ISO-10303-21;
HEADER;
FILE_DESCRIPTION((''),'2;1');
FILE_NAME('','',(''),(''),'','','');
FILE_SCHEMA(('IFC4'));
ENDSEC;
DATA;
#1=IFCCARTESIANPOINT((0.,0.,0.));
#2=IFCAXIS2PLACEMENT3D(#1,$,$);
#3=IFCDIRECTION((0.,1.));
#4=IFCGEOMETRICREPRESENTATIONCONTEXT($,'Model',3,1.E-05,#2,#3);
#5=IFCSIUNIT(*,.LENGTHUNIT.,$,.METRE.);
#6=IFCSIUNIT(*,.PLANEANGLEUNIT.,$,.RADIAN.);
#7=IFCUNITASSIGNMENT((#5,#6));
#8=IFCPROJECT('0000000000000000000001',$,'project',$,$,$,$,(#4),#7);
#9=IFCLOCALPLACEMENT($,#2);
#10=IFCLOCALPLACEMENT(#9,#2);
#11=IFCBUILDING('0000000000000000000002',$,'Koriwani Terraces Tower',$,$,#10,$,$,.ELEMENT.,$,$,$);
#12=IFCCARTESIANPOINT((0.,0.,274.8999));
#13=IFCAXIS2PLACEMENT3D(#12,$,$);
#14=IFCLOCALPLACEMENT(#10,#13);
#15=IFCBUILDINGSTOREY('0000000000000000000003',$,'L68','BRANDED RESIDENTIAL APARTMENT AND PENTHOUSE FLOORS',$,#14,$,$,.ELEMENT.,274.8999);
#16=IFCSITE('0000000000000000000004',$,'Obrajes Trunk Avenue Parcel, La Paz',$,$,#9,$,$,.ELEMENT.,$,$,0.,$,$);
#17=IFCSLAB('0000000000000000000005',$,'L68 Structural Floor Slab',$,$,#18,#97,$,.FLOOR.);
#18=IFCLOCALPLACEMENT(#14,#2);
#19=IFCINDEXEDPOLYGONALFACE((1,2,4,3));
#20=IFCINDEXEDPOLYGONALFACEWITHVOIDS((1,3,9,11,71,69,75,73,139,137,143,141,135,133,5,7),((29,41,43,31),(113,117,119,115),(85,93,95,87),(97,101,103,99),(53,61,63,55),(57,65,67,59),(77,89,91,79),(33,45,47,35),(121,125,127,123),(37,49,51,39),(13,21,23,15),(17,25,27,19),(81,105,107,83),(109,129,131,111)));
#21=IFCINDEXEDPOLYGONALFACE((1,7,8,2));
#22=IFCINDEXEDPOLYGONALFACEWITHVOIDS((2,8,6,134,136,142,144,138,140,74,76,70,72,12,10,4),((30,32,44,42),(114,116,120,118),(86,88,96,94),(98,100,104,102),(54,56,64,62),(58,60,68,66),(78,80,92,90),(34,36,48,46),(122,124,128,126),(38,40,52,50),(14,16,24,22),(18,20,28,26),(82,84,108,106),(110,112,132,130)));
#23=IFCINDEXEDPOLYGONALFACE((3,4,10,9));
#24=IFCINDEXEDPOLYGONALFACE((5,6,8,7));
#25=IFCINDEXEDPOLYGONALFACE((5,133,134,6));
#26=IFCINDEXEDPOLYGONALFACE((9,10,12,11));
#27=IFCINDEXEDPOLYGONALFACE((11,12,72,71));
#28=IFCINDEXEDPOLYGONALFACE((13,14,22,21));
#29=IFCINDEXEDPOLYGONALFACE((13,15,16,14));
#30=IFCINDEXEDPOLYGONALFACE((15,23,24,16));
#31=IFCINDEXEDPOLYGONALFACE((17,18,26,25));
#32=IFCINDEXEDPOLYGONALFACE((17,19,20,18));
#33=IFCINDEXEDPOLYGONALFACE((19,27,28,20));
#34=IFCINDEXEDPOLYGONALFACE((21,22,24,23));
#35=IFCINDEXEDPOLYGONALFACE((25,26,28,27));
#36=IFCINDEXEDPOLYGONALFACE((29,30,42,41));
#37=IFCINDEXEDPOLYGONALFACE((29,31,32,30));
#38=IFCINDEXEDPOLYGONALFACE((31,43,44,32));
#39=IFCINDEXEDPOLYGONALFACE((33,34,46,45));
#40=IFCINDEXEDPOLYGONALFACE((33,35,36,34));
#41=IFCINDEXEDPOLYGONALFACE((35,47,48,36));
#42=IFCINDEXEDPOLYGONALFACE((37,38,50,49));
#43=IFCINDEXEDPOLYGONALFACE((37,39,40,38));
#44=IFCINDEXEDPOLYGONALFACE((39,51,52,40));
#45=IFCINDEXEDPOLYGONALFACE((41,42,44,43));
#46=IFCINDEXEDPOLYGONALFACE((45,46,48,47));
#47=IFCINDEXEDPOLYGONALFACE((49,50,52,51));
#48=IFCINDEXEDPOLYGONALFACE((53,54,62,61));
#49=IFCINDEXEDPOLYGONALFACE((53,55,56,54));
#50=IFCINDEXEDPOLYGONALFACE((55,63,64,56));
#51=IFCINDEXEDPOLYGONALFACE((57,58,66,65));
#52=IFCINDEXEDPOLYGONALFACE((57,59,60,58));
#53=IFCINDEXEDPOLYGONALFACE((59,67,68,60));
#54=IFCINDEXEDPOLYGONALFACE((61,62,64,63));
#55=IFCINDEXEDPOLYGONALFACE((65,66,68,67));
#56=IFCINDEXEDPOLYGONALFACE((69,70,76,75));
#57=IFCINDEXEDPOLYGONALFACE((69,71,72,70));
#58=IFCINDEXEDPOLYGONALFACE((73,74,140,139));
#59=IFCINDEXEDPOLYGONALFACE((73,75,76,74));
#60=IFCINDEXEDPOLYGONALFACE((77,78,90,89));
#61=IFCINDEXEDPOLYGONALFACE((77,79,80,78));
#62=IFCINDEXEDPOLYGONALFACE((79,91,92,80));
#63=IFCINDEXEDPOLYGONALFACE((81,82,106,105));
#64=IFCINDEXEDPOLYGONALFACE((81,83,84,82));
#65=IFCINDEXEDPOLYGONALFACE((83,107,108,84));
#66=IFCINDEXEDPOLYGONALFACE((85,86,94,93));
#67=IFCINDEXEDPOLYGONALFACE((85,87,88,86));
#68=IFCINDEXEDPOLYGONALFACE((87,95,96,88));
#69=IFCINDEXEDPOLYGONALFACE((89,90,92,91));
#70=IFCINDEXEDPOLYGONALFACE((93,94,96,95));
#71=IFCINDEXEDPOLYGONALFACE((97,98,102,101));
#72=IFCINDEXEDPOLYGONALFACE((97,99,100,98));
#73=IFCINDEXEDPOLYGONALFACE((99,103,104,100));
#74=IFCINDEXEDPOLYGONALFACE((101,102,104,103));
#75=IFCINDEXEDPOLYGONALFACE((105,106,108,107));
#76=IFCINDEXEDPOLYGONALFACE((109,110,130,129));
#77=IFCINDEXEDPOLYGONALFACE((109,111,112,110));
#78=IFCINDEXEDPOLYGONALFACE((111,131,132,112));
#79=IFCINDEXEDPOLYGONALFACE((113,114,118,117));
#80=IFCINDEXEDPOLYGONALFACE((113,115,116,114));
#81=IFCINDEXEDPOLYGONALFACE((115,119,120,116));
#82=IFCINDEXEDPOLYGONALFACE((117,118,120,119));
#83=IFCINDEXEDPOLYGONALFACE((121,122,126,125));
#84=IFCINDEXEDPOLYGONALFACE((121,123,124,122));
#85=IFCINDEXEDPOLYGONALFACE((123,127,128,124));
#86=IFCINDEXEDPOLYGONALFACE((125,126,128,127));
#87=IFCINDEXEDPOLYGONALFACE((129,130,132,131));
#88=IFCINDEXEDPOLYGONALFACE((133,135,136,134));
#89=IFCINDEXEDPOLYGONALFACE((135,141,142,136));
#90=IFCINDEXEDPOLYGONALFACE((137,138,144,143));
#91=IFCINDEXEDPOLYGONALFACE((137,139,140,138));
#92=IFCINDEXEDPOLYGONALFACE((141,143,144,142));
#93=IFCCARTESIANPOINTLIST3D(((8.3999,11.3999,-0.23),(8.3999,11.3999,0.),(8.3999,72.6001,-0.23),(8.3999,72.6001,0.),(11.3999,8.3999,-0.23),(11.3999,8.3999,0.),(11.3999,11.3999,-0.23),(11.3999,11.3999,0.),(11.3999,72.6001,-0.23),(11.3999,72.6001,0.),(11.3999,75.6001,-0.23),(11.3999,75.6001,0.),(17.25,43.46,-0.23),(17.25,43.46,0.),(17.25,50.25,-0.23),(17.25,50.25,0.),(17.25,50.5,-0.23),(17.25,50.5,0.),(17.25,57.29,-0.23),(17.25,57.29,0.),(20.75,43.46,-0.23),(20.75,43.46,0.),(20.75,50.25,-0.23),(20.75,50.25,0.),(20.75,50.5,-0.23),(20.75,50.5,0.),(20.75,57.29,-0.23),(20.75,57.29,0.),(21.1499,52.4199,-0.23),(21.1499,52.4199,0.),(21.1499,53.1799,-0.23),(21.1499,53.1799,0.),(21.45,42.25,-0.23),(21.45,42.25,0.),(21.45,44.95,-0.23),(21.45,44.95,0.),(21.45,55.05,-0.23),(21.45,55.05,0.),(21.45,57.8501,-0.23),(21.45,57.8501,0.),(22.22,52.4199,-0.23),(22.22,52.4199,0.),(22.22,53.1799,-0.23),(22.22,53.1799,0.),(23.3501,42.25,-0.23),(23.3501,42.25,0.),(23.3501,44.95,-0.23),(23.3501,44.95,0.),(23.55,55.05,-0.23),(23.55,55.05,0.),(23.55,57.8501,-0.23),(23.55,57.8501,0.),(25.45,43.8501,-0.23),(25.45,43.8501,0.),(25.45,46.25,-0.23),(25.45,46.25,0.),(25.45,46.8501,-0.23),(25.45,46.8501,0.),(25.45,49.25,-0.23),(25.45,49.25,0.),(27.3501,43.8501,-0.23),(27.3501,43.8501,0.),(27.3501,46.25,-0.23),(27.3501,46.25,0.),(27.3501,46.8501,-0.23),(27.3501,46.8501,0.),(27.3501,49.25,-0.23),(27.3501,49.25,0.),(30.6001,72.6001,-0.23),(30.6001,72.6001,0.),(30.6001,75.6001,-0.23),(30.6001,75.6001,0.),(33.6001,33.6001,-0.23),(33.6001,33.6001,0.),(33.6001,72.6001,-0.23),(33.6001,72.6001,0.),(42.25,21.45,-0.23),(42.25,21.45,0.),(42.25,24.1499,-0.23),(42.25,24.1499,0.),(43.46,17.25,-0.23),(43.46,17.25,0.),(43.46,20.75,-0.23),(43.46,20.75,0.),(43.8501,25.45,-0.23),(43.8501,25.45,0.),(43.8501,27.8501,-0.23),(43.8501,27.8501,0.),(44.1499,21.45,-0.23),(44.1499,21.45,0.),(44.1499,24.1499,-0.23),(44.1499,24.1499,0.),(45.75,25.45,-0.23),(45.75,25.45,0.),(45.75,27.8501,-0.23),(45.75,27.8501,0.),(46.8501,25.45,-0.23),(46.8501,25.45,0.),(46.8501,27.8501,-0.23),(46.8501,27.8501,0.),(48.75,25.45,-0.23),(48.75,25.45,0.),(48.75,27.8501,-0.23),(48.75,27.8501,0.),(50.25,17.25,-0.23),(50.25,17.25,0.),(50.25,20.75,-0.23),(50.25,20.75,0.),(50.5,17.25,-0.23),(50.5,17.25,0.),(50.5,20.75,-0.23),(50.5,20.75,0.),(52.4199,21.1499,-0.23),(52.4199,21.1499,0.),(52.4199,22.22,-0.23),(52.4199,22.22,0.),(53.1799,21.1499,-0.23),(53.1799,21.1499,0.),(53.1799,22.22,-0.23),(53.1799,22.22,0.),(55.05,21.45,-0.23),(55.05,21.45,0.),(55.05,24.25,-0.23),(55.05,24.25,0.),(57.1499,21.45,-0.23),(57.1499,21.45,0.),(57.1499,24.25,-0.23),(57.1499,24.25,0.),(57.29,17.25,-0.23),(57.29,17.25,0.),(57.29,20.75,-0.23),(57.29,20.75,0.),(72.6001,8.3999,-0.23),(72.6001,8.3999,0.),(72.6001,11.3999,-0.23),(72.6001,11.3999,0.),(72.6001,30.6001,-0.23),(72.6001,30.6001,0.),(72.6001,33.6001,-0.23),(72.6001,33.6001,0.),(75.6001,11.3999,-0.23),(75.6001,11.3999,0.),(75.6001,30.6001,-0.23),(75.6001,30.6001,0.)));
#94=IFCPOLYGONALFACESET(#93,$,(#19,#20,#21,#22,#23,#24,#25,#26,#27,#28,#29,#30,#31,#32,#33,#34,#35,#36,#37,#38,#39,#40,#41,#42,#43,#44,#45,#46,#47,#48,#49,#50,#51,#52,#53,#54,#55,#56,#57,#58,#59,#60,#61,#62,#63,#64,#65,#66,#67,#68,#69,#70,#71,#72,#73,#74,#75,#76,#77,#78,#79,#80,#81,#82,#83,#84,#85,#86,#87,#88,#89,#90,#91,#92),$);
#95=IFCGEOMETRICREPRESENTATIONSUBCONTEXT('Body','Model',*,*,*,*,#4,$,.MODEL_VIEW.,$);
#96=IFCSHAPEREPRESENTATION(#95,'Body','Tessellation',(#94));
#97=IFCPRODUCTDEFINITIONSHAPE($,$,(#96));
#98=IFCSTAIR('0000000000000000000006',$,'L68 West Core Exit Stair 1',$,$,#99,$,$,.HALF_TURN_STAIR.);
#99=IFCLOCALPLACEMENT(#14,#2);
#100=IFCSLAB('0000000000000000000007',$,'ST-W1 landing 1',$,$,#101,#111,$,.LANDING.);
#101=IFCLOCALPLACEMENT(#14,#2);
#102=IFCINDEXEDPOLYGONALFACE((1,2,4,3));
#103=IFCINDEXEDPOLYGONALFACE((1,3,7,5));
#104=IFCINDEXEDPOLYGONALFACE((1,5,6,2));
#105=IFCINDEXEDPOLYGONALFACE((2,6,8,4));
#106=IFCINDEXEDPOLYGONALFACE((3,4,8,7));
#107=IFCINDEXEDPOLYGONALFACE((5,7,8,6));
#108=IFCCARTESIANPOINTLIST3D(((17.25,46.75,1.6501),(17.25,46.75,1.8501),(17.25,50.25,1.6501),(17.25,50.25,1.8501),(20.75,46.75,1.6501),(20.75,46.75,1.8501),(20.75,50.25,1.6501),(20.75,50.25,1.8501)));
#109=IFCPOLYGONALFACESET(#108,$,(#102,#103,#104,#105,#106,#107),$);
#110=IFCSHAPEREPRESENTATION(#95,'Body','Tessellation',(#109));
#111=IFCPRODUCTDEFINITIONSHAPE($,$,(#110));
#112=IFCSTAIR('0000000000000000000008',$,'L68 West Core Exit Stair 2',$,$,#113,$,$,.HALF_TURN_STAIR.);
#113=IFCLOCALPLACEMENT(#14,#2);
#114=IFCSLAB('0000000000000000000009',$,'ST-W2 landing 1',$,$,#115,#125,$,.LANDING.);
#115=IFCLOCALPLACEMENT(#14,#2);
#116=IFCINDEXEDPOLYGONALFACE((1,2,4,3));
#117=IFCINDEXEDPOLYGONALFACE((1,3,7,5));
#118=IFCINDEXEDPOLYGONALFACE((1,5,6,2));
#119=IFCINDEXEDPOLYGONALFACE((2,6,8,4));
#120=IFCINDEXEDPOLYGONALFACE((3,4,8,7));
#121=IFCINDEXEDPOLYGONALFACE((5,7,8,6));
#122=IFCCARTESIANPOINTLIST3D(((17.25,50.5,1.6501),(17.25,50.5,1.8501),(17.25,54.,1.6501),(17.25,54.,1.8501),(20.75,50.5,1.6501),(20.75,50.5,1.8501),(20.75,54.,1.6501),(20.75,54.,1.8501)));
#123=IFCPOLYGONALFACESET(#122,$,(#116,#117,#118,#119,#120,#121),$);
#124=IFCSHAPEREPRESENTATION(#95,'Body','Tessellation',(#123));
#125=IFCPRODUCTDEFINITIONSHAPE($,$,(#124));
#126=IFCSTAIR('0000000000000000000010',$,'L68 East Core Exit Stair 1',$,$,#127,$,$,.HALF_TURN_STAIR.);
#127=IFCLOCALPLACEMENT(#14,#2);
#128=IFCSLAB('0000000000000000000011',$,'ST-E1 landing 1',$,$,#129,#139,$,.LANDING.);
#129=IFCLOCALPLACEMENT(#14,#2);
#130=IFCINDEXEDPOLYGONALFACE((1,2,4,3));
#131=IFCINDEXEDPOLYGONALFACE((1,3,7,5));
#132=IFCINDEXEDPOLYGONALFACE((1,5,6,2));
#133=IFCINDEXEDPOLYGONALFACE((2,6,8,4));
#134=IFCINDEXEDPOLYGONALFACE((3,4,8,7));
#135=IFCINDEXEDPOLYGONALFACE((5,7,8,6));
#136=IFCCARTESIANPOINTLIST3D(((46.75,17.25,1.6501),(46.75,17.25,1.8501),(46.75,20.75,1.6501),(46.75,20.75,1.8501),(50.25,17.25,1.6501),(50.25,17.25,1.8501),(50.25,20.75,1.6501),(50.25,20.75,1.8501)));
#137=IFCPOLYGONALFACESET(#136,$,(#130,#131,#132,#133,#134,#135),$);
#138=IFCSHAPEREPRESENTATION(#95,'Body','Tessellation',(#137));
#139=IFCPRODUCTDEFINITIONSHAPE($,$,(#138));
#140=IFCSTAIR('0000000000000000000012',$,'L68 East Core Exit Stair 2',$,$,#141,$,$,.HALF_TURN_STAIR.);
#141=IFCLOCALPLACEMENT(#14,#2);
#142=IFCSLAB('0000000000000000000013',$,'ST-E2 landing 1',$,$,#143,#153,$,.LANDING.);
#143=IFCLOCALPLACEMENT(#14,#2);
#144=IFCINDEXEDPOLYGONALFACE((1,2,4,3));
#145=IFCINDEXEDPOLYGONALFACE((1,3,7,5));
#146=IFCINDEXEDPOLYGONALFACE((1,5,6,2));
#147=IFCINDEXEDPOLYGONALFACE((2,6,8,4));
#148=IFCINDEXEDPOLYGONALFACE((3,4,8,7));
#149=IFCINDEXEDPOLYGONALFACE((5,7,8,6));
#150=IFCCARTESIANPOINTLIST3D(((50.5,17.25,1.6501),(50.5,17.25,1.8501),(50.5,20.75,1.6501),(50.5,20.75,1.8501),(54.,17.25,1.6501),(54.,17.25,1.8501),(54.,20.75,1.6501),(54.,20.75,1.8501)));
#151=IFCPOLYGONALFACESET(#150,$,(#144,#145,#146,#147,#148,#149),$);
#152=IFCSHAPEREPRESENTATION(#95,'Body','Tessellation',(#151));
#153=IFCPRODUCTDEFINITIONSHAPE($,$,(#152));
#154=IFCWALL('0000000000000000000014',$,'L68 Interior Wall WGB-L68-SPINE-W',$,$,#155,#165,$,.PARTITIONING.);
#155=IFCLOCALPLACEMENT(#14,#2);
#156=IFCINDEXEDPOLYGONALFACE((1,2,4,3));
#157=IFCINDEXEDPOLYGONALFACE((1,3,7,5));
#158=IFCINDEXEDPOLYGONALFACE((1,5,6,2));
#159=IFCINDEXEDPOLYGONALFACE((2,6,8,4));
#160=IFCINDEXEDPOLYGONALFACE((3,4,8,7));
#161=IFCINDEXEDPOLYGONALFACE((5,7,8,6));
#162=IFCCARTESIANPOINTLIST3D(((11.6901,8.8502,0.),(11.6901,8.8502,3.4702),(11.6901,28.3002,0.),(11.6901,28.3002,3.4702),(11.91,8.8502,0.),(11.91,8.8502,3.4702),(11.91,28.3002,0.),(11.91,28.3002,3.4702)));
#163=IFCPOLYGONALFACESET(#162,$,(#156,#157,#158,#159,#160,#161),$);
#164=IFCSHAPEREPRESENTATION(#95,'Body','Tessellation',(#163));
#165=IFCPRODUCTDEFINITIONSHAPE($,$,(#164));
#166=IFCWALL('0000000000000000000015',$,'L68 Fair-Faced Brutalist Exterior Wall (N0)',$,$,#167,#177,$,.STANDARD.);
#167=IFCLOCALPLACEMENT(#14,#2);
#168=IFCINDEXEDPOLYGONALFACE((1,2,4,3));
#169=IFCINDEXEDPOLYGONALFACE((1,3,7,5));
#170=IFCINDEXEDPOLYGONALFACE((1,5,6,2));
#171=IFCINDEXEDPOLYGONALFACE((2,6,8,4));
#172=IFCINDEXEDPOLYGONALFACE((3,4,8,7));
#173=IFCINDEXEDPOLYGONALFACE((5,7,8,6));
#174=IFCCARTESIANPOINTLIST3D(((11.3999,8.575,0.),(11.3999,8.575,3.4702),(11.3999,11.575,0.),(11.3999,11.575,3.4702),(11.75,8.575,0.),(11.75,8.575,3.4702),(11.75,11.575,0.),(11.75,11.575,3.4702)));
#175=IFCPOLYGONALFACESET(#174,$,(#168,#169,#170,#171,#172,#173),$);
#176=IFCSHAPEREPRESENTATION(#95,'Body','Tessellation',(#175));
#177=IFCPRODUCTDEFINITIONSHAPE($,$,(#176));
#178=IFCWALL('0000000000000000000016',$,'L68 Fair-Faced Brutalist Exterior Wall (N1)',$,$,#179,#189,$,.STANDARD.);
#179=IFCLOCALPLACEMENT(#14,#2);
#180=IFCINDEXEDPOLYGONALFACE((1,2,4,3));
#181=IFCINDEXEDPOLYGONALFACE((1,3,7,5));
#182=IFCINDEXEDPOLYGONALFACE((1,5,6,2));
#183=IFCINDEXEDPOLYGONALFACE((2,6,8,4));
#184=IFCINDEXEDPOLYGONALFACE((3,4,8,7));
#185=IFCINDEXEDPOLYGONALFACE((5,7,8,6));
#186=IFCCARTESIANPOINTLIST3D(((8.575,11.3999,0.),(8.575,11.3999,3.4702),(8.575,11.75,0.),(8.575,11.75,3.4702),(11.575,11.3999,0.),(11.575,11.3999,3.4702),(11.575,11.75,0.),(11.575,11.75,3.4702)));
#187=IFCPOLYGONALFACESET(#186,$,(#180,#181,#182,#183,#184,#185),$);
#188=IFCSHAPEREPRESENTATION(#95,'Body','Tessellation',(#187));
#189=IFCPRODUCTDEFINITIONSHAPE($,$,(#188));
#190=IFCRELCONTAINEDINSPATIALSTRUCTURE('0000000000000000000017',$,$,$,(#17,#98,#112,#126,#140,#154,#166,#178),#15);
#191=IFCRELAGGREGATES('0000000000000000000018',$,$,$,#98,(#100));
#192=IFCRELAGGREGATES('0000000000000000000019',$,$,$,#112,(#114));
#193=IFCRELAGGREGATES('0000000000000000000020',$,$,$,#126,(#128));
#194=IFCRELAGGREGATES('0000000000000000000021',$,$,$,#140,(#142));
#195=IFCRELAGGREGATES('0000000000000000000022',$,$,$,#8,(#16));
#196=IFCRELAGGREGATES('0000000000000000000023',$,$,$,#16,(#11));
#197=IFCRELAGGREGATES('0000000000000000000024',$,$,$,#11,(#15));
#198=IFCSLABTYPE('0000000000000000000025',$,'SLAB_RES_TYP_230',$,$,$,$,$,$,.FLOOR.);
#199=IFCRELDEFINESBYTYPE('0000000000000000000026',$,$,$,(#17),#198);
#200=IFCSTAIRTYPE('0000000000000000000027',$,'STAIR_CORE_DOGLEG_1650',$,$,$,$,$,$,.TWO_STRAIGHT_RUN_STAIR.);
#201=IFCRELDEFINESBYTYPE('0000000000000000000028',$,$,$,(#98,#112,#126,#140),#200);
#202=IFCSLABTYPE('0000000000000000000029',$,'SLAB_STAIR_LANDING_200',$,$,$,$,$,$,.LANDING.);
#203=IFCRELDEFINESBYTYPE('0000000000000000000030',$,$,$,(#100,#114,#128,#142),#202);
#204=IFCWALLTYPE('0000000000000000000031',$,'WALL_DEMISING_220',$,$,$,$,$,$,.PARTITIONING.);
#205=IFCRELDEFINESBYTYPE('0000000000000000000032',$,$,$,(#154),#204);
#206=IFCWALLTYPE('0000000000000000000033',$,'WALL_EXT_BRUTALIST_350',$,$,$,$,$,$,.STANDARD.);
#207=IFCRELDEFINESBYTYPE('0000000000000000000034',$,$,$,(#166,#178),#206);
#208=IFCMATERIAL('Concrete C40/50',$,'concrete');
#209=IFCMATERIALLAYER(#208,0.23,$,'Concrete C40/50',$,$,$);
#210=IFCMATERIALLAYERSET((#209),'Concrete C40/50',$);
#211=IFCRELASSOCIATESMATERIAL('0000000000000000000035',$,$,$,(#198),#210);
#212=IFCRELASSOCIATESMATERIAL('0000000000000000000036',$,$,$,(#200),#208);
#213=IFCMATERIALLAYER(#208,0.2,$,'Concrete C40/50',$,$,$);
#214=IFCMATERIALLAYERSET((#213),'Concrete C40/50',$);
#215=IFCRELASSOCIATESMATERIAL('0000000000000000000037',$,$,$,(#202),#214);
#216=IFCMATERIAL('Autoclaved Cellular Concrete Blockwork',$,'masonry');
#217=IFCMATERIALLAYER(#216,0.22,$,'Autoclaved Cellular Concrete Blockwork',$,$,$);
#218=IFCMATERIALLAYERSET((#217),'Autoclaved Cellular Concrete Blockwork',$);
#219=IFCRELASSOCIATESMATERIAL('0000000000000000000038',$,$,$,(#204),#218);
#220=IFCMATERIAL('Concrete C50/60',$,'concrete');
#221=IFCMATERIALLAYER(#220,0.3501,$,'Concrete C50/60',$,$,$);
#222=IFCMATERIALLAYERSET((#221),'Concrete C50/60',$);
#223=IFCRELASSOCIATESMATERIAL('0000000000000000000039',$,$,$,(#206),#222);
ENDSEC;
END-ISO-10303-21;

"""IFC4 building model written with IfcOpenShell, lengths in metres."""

from ifc_helpers import new_model, si_unit, direction, frame, frame_2d, origin, place, context, subcontext, project, spatial, polyline, rectangle, outline, extrude, material, layer, layer_set, type_object, element, aggregate, save


model = new_model("IFC4")

# Units and contexts
model_context = context("Model", 3, precision=1e-05, world=origin(), true_north=direction((0.0, 1.0)))
body_context = subcontext(model_context, "Body", "Model", "MODEL_VIEW")
ifc_project = project(units=[si_unit("LENGTHUNIT", "METRE"), si_unit("PLANEANGLEUNIT", "RADIAN")], contexts=[model_context])

# Site, building, storey
site_placement = place(None, origin())
site = spatial("IfcSite", under=ifc_project, at=site_placement, Name="Obrajes Trunk Avenue Parcel, La Paz", CompositionType="ELEMENT", RefElevation=0.0)
building_placement = place(site_placement, origin())
building = spatial("IfcBuilding", under=site, at=building_placement, Name="Koriwani Terraces Tower", CompositionType="ELEMENT")
storey_placement = place(building_placement, frame((0.0, 0.0, 274.8999)))
storey = spatial("IfcBuildingStorey", under=building, at=storey_placement, Name="L68", Description="BRANDED RESIDENTIAL APARTMENT AND PENTHOUSE FLOORS", CompositionType="ELEMENT", Elevation=274.8999)

# Shared definitions
ifc_material_1 = material(Name="Concrete C50/60", Category="concrete")

# Slab
ifc_material_2 = material(Name="Concrete C40/50", Category="concrete")
ifc_layer_1 = layer(ifc_material_2, 0.23, Name="Concrete C40/50")
ifc_layer_set_1 = layer_set([ifc_layer_1], Name="Concrete C40/50")
slab_type_1 = type_object("IfcSlabType", Name="SLAB_RES_TYP_230", PredefinedType="FLOOR", material=ifc_layer_set_1)
slab_1_placement = place(storey_placement, frame((0.0, 0.0, -0.23)))
element("IfcSlab", 1, at=slab_1_placement, inside=storey, type_object=slab_type_1, Name="L68 Structural Floor Slab", PredefinedType="FLOOR", context=body_context, shape_type="SweptSolid", body=[
    extrude(outline(polyline([(11.3999, 8.3999), (72.6001, 8.3999), (72.6001, 11.3999), (75.6001, 11.3999), (75.6001, 30.6001), (72.6001, 30.6001), (72.6001, 33.6001), (33.6001, 33.6001), (33.6001, 72.6001), (30.6001, 72.6001), (30.6001, 75.6001), (11.3999, 75.6001), (11.3999, 72.6001), (8.3999, 72.6001), (8.3999, 11.3999), (11.3999, 11.3999), (11.3999, 8.3999)]), holes=[polyline([(17.25, 43.46), (20.75, 43.46), (20.75, 50.25), (17.25, 50.25), (17.25, 43.46)]), polyline([(17.25, 50.5), (20.75, 50.5), (20.75, 57.29), (17.25, 57.29), (17.25, 50.5)]), polyline([(43.46, 17.25), (50.25, 17.25), (50.25, 20.75), (43.46, 20.75), (43.46, 17.25)]), polyline([(50.5, 17.25), (57.29, 17.25), (57.29, 20.75), (50.5, 20.75), (50.5, 17.25)]), polyline([(25.45, 43.8501), (27.3501, 43.8501), (27.3501, 46.25), (25.45, 46.25), (25.45, 43.8501)]), polyline([(25.45, 46.8501), (27.3501, 46.8501), (27.3501, 49.25), (25.45, 49.25), (25.45, 46.8501)]), polyline([(43.8501, 25.45), (45.75, 25.45), (45.75, 27.8501), (43.8501, 27.8501), (43.8501, 25.45)]), polyline([(46.8501, 25.45), (48.75, 25.45), (48.75, 27.8501), (46.8501, 27.8501), (46.8501, 25.45)]), polyline([(21.45, 55.05), (23.55, 55.05), (23.55, 57.8501), (21.45, 57.8501), (21.45, 55.05)]), polyline([(55.05, 21.45), (57.1499, 21.45), (57.1499, 24.25), (55.05, 24.25), (55.05, 21.45)]), polyline([(21.45, 42.25), (23.3501, 42.25), (23.3501, 44.95), (21.45, 44.95), (21.45, 42.25)]), polyline([(42.25, 21.45), (44.1499, 21.45), (44.1499, 24.1499), (42.25, 24.1499), (42.25, 21.45)]), polyline([(21.1499, 52.4199), (22.22, 52.4199), (22.22, 53.1799), (21.1499, 53.1799), (21.1499, 52.4199)]), polyline([(52.4199, 21.1499), (53.1799, 21.1499), (53.1799, 22.22), (52.4199, 22.22), (52.4199, 21.1499)])]), origin(), (0.0, 0.0, 1.0), 0.23),
])

# Stairs, slabs
stair_type = type_object("IfcStairType", Name="STAIR_CORE_DOGLEG_1650", PredefinedType="TWO_STRAIGHT_RUN_STAIR", material=ifc_material_2)
stair_1_placement = place(storey_placement, origin())
stair_1 = element("IfcStair", 2, at=stair_1_placement, inside=storey, type_object=stair_type, Name="L68 West Core Exit Stair 1", PredefinedType="HALF_TURN_STAIR")
ifc_layer_2 = layer(ifc_material_2, 0.2, Name="Concrete C40/50")
ifc_layer_set_2 = layer_set([ifc_layer_2], Name="Concrete C40/50")
slab_type_2 = type_object("IfcSlabType", Name="SLAB_STAIR_LANDING_200", PredefinedType="LANDING", material=ifc_layer_set_2)
slab_2_placement = place(storey_placement, frame((0.0, 0.0, 1.6501)))
slab_2 = element("IfcSlab", 3, at=slab_2_placement, type_object=slab_type_2, Name="ST-W1 landing 1", PredefinedType="LANDING", context=body_context, shape_type="SweptSolid", body=[
    extrude(outline(polyline([(20.75, 46.75), (20.75, 50.25), (17.25, 50.25), (17.25, 46.75), (20.75, 46.75)])), origin(), (0.0, 0.0, 1.0), 0.2),
])
aggregate(stair_1, [slab_2])
stair_2_placement = place(storey_placement, origin())
stair_2 = element("IfcStair", 4, at=stair_2_placement, inside=storey, type_object=stair_type, Name="L68 West Core Exit Stair 2", PredefinedType="HALF_TURN_STAIR")
slab_3_placement = place(storey_placement, frame((0.0, 0.0, 1.6501)))
slab_3 = element("IfcSlab", 5, at=slab_3_placement, type_object=slab_type_2, Name="ST-W2 landing 1", PredefinedType="LANDING", context=body_context, shape_type="SweptSolid", body=[
    extrude(outline(polyline([(17.25, 54.0), (17.25, 50.5), (20.75, 50.5), (20.75, 54.0), (17.25, 54.0)])), origin(), (0.0, 0.0, 1.0), 0.2),
])
aggregate(stair_2, [slab_3])
stair_3_placement = place(storey_placement, origin())
stair_3 = element("IfcStair", 6, at=stair_3_placement, inside=storey, type_object=stair_type, Name="L68 East Core Exit Stair 1", PredefinedType="HALF_TURN_STAIR")
slab_4_placement = place(storey_placement, frame((0.0, 0.0, 1.6501)))
slab_4 = element("IfcSlab", 7, at=slab_4_placement, type_object=slab_type_2, Name="ST-E1 landing 1", PredefinedType="LANDING", context=body_context, shape_type="SweptSolid", body=[
    extrude(outline(polyline([(46.75, 17.25), (50.25, 17.25), (50.25, 20.75), (46.75, 20.75), (46.75, 17.25)])), origin(), (0.0, 0.0, 1.0), 0.2),
])
aggregate(stair_3, [slab_4])
stair_4_placement = place(storey_placement, origin())
stair_4 = element("IfcStair", 8, at=stair_4_placement, inside=storey, type_object=stair_type, Name="L68 East Core Exit Stair 2", PredefinedType="HALF_TURN_STAIR")
slab_5_placement = place(storey_placement, frame((0.0, 0.0, 1.6501)))
slab_5 = element("IfcSlab", 9, at=slab_5_placement, type_object=slab_type_2, Name="ST-E2 landing 1", PredefinedType="LANDING", context=body_context, shape_type="SweptSolid", body=[
    extrude(outline(polyline([(54.0, 20.75), (50.5, 20.75), (50.5, 17.25), (54.0, 17.25), (54.0, 20.75)])), origin(), (0.0, 0.0, 1.0), 0.2),
])
aggregate(stair_4, [slab_5])

# Walls
ifc_material_3 = material(Name="Autoclaved Cellular Concrete Blockwork", Category="masonry")
ifc_layer_3 = layer(ifc_material_3, 0.22, Name="Autoclaved Cellular Concrete Blockwork")
ifc_layer_set_3 = layer_set([ifc_layer_3], Name="Autoclaved Cellular Concrete Blockwork")
wall_type_1 = type_object("IfcWallType", Name="WALL_DEMISING_220", PredefinedType="PARTITIONING", material=ifc_layer_set_3)
wall_1_placement = place(storey_placement, frame((11.8, 8.8501, 0.0), z_axis=(0.0, 0.0, 1.0), x_axis=(0.0, 1.0, 0.0)))
element("IfcWall", 10, at=wall_1_placement, inside=storey, type_object=wall_type_1, Name="L68 Interior Wall WGB-L68-SPINE-W", PredefinedType="PARTITIONING", context=body_context, shape_type="SweptSolid", body=[
    extrude(rectangle(XDim=19.45, YDim=0.22, at=frame_2d((9.7251, 0.0))), origin(), (0.0, 0.0, 1.0), 3.4702),
])
ifc_layer_4 = layer(ifc_material_1, 0.3501, Name="Concrete C50/60")
ifc_layer_set_4 = layer_set([ifc_layer_4], Name="Concrete C50/60")
wall_type_2 = type_object("IfcWallType", Name="WALL_EXT_BRUTALIST_350", PredefinedType="STANDARD", material=ifc_layer_set_4)
for number, where, z_axis, x_axis, name in (
    (11, (11.575, 8.575, 0.0), (0.0, 0.0, 1.0), (0.0, 1.0, 0.0), "L68 Fair-Faced Brutalist Exterior Wall (N0)"),
    (12, (11.575, 11.575, 0.0), (0.0, 0.0, 1.0), (-1.0, 0.0, 0.0), "L68 Fair-Faced Brutalist Exterior Wall (N1)"),
):
    element("IfcWall", number, at=place(storey_placement, frame(where, z_axis=z_axis, x_axis=x_axis)), inside=storey, type_object=wall_type_2, Name=name, PredefinedType="STANDARD", context=body_context, shape_type="SweptSolid", body=[
        extrude(rectangle(XDim=3.0, YDim=0.3501, at=frame_2d((1.5, 0.0))), origin(), (0.0, 0.0, 1.0), 3.4702),
    ])

save(model, "model.ifc")
